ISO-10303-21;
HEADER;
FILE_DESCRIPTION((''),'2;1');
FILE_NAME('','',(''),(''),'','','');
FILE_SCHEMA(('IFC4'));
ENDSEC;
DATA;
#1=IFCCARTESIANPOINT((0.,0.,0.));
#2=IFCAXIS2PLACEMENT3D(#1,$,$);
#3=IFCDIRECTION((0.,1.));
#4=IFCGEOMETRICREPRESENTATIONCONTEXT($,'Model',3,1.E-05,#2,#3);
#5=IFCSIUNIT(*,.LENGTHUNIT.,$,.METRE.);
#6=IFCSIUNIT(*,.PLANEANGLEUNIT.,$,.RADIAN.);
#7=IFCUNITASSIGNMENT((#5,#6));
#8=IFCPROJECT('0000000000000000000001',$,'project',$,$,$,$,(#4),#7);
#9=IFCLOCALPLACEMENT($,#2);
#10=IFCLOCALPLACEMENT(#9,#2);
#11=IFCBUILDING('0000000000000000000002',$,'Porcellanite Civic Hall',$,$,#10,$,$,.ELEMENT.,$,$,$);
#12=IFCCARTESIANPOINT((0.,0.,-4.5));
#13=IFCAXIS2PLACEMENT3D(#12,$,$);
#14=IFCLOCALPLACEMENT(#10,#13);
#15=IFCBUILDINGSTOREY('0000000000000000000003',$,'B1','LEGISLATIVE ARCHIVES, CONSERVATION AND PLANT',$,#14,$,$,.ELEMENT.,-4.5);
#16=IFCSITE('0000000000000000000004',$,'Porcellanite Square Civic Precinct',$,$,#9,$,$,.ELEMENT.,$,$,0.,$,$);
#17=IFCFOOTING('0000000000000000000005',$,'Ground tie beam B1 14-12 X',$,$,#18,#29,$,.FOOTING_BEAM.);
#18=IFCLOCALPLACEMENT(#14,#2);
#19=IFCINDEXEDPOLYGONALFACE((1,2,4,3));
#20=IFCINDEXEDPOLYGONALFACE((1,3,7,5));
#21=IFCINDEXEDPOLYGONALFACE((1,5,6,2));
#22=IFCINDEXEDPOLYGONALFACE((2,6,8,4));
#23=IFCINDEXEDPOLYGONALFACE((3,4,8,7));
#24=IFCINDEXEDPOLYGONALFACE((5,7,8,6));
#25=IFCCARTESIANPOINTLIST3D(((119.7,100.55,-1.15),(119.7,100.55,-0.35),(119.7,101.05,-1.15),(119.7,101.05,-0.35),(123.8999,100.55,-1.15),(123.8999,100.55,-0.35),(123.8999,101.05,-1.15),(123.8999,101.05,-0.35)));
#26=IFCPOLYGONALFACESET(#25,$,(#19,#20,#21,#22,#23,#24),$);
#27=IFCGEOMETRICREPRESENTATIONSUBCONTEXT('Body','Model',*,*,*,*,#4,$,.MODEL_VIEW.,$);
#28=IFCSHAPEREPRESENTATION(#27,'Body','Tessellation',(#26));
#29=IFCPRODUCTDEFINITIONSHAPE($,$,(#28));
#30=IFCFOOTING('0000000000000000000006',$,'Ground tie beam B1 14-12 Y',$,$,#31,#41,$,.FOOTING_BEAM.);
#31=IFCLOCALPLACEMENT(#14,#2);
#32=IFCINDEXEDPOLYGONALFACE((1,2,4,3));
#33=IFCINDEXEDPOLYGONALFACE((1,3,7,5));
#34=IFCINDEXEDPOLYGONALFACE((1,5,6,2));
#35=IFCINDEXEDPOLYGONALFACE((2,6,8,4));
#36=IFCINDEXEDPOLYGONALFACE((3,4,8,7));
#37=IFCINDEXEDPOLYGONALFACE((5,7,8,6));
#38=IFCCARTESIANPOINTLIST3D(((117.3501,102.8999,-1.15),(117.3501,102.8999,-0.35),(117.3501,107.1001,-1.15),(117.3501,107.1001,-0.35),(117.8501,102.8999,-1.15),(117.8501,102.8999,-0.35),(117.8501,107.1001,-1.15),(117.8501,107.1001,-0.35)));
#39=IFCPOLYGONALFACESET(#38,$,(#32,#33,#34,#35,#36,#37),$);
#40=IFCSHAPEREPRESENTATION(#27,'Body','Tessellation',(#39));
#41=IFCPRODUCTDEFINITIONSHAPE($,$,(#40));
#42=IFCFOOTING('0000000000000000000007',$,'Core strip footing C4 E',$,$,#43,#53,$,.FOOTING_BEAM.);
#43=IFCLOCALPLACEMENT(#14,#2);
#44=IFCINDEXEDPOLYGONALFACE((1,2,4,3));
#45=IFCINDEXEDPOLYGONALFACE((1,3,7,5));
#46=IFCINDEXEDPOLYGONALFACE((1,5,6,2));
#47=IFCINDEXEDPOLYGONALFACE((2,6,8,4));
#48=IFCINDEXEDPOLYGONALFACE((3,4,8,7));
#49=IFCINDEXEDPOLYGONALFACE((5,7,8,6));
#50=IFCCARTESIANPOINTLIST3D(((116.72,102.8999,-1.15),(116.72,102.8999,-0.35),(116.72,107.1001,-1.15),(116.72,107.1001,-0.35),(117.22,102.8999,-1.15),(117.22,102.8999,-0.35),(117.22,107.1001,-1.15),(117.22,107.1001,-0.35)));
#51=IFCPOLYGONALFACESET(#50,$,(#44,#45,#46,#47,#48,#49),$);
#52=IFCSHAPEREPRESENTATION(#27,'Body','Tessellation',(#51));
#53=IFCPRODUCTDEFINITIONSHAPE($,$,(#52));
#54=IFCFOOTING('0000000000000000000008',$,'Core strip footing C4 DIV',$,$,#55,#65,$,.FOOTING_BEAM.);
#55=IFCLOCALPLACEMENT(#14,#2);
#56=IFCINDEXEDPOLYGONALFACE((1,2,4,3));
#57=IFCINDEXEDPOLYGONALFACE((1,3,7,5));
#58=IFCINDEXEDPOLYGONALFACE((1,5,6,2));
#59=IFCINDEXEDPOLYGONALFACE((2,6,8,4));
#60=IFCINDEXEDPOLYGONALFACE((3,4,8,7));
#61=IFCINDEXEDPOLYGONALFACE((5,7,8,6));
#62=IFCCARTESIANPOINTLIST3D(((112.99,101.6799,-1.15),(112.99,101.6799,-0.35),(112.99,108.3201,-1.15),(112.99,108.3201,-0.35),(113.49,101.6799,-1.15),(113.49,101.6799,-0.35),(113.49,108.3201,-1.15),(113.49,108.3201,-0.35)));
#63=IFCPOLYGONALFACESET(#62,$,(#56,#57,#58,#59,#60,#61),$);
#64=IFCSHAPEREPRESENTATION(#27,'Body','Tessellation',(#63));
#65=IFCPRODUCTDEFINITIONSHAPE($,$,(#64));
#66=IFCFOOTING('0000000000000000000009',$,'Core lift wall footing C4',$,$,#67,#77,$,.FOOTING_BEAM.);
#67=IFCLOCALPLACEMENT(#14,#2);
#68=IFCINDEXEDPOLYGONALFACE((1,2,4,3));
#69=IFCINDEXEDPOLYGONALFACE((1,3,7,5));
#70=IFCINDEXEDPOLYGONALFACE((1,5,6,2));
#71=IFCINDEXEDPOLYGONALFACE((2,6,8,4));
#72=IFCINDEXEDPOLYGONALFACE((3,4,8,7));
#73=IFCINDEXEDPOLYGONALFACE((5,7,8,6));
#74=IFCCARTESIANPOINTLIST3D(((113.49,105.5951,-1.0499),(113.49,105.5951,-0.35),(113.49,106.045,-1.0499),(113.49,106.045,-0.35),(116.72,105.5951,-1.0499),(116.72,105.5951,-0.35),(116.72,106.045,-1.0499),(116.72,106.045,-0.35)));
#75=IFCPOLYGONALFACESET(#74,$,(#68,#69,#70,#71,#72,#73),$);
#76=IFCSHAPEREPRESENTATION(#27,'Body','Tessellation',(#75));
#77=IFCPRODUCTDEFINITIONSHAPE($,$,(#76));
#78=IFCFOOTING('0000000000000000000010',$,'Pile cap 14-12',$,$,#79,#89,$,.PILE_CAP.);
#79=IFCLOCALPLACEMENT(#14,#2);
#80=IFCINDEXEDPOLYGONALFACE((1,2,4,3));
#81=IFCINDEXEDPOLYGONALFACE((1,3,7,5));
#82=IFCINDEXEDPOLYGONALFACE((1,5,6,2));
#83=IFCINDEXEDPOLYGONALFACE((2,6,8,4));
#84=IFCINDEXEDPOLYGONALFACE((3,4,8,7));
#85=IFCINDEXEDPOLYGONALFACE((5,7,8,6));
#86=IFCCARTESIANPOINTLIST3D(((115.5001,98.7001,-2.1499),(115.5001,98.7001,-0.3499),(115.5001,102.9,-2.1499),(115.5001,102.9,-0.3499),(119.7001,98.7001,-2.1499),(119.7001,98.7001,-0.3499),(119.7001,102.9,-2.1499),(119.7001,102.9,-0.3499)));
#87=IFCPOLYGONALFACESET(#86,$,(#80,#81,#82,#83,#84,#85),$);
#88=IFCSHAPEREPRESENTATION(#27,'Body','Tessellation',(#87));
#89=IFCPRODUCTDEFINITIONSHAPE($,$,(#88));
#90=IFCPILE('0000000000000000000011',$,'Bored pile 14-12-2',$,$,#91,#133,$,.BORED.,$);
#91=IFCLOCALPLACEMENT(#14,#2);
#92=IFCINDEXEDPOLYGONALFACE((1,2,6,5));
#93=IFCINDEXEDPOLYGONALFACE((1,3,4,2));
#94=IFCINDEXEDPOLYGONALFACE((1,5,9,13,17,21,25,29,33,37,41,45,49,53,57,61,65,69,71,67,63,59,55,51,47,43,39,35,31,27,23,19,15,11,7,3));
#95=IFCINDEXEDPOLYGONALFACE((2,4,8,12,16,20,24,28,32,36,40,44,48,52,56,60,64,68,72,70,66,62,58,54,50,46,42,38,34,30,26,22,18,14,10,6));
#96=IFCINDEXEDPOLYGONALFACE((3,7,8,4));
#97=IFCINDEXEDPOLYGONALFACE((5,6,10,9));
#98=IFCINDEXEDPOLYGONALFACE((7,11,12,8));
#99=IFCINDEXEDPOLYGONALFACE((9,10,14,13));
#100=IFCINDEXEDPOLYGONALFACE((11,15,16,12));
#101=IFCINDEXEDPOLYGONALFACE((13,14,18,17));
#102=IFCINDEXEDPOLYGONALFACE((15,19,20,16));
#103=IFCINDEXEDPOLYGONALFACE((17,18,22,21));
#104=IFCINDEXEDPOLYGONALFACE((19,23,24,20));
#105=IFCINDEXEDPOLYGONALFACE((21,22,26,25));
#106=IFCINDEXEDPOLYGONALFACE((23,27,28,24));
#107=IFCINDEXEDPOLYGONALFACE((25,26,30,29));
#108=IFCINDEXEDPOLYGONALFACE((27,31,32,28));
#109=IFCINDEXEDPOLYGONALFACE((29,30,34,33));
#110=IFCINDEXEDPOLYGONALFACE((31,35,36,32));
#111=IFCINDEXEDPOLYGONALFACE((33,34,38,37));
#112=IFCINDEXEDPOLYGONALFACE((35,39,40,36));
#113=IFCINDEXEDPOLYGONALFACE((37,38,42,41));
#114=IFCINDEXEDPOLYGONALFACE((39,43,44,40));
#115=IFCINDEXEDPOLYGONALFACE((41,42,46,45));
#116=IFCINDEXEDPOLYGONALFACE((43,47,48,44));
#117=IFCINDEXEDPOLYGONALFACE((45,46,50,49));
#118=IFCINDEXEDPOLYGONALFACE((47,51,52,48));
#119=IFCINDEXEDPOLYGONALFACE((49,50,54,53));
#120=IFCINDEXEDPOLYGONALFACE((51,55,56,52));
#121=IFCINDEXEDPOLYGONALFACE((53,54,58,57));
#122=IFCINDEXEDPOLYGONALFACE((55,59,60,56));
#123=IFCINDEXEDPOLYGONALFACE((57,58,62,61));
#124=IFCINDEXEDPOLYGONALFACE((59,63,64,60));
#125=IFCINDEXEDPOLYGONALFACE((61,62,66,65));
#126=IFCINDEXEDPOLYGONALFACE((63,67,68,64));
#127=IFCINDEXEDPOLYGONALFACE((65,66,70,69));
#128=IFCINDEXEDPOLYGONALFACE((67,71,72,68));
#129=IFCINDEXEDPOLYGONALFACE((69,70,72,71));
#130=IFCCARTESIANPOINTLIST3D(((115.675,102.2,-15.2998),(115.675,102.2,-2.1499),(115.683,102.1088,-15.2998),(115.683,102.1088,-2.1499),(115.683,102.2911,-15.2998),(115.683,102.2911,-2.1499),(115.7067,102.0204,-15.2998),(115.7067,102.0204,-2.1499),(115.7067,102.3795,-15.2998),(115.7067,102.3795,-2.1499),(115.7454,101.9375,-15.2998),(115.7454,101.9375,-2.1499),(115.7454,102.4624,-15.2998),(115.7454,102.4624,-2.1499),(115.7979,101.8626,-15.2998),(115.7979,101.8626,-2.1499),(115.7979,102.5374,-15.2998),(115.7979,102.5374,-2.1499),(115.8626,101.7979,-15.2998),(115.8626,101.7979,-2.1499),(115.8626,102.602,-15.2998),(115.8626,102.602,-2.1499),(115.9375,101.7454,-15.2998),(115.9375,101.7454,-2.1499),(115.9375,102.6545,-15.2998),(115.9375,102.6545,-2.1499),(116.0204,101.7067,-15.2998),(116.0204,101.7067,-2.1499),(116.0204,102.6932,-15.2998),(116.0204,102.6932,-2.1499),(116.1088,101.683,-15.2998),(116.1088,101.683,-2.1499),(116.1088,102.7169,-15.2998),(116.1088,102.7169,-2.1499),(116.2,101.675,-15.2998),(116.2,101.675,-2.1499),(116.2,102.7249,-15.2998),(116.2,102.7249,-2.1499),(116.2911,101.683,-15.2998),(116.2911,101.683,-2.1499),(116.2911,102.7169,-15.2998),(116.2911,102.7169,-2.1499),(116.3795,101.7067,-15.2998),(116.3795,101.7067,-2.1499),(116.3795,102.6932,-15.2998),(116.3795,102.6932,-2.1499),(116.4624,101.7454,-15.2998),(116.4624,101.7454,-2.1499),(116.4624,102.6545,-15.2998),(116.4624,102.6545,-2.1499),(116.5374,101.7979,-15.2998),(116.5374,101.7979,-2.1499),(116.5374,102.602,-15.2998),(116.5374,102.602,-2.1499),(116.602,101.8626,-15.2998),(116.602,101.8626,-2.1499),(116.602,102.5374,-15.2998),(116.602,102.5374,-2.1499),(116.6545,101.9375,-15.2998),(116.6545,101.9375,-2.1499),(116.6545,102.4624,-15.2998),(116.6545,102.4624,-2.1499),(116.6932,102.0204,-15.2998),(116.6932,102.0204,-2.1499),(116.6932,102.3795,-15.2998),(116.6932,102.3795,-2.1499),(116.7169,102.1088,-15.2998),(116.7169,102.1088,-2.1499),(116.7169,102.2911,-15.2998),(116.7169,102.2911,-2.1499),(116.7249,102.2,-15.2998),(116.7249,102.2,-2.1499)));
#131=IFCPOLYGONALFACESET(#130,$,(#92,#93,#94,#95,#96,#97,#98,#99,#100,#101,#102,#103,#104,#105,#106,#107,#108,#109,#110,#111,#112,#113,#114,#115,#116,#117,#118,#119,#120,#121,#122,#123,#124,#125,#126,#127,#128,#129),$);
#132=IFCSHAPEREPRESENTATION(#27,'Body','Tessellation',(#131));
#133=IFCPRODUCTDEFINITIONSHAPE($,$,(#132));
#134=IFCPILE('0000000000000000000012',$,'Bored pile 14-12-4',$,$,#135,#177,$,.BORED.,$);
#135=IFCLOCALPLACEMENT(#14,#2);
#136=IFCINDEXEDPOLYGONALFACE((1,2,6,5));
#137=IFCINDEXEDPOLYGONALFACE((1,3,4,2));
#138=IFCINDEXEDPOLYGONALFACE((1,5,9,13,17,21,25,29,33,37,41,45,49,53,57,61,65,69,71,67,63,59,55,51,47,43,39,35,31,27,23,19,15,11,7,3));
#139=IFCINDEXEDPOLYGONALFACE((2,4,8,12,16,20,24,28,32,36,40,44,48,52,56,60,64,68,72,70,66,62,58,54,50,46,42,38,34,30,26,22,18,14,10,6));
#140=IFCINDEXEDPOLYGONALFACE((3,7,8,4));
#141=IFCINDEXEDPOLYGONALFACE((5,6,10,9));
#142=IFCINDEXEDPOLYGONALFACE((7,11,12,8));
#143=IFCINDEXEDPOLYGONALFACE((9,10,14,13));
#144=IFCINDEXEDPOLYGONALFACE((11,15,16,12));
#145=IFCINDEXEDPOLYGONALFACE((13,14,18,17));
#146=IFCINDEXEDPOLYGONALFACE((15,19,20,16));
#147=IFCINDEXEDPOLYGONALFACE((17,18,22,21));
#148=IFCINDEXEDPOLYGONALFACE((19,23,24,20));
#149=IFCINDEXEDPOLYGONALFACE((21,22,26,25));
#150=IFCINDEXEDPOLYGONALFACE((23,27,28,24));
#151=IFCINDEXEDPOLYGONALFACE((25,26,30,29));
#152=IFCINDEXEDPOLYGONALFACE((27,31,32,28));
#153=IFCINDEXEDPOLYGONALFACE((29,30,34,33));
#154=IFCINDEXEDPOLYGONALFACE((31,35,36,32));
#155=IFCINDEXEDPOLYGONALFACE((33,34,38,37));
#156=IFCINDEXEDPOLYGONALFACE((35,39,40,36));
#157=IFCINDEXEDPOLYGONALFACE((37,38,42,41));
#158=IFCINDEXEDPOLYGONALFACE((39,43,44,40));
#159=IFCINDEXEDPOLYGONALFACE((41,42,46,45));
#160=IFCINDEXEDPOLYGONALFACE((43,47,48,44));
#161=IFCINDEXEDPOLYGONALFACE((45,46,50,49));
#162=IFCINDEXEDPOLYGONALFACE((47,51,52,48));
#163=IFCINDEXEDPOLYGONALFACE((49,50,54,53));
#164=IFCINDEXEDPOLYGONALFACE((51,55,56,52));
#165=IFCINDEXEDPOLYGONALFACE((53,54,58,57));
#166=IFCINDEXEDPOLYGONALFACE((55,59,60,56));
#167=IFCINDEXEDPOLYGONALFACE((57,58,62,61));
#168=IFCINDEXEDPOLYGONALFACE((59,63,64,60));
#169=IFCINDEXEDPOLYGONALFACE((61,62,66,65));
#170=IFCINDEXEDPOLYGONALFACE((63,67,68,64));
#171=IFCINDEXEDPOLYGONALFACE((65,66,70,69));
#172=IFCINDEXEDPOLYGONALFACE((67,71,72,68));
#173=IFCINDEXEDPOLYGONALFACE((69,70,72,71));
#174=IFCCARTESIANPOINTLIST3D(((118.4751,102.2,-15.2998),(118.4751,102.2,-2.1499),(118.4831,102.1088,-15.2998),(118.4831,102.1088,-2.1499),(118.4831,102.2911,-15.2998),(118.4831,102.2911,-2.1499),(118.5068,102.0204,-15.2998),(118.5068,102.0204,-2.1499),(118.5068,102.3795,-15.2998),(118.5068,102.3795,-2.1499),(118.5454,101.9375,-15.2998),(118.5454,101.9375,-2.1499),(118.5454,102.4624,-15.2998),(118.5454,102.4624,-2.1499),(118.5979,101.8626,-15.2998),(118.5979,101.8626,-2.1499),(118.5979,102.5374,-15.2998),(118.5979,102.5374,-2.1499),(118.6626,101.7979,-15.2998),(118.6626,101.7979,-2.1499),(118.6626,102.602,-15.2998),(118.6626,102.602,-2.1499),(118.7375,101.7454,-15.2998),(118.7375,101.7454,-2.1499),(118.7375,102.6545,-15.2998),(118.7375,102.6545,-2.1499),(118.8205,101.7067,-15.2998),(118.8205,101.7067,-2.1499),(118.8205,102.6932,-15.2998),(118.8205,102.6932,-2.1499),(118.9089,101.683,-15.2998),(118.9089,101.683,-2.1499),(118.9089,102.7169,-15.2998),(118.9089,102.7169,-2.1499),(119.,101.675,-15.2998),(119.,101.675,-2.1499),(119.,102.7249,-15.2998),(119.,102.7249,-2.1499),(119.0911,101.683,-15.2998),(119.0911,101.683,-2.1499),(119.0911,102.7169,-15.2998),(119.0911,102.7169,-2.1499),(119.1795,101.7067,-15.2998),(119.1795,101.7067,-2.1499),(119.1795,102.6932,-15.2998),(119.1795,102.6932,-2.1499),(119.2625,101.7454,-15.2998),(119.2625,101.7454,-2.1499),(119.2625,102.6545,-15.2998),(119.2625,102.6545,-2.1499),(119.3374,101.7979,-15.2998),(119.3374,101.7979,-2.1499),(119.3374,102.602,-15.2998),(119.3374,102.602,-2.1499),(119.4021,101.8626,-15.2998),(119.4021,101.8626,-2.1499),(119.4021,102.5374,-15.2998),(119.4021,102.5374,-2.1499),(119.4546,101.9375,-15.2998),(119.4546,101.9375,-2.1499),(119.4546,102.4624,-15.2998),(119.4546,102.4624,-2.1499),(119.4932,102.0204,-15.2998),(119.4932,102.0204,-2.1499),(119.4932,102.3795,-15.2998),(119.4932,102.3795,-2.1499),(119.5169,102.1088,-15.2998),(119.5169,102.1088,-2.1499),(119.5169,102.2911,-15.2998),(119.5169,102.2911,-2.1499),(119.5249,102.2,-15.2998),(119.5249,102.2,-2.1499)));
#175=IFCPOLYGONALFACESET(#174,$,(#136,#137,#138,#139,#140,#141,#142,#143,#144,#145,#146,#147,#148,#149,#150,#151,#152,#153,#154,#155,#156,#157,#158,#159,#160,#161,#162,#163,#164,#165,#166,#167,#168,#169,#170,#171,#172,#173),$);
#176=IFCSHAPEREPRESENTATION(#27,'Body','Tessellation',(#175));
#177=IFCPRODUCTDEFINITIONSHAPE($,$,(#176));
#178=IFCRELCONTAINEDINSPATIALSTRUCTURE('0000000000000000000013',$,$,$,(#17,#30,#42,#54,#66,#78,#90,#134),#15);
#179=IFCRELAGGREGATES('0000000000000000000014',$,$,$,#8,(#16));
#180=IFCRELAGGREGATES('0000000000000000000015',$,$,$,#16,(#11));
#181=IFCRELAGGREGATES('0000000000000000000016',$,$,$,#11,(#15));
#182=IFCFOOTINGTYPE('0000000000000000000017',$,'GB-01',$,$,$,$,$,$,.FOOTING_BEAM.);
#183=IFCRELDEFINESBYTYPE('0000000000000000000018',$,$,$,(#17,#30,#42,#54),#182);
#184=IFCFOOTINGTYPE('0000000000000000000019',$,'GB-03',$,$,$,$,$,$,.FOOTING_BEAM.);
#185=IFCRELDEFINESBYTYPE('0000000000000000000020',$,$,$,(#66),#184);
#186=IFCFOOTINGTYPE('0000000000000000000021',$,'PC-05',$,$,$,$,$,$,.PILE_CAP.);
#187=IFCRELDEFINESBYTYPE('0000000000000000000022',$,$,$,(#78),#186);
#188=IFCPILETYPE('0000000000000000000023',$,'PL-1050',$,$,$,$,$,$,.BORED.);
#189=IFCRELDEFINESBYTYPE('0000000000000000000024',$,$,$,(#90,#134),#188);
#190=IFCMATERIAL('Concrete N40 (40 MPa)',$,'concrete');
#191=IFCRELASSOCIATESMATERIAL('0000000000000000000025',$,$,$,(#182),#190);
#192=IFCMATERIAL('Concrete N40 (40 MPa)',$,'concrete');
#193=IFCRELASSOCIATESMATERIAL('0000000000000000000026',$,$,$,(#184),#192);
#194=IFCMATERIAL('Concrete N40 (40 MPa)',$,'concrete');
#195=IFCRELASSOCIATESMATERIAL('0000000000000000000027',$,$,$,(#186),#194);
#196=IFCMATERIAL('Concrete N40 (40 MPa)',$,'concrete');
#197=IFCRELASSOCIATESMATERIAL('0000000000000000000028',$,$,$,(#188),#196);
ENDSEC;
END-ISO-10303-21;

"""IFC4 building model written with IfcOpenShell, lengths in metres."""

from ifc_helpers import new_model, si_unit, direction, frame, origin, origin_2d, place, context, subcontext, project, spatial, rectangle, circle, extrude, material, material_profile, profile_set, type_object, element, save


model = new_model("IFC4")

# Units and contexts
model_context = context("Model", 3, precision=1e-05, world=origin(), true_north=direction((0.0, 1.0)))
body_context = subcontext(model_context, "Body", "Model", "MODEL_VIEW")
ifc_project = project(units=[si_unit("LENGTHUNIT", "METRE"), si_unit("PLANEANGLEUNIT", "RADIAN")], contexts=[model_context])

# Site, building, storey
site_placement = place(None, origin())
site = spatial("IfcSite", under=ifc_project, at=site_placement, Name="Porcellanite Square Civic Precinct", CompositionType="ELEMENT", RefElevation=0.0)
building_placement = place(site_placement, origin())
building = spatial("IfcBuilding", under=site, at=building_placement, Name="Porcellanite Civic Hall", CompositionType="ELEMENT")
storey_placement = place(building_placement, frame((0.0, 0.0, -4.5)))
storey = spatial("IfcBuildingStorey", under=building, at=storey_placement, Name="B1", Description="LEGISLATIVE ARCHIVES, CONSERVATION AND PLANT", CompositionType="ELEMENT", Elevation=-4.5)

# Footings
ifc_material_1 = material(Name="Concrete N40 (40 MPa)", Category="concrete")
ifc_material_profile_1 = material_profile(ifc_material_1, rectangle(XDim=0.5, YDim=0.8, at=origin_2d()), Name="RC-500x800")
ifc_profile_set_1 = profile_set([ifc_material_profile_1], Name="Concrete N40 (40 MPa)")
footing_type_1 = type_object("IfcFootingType", Name="GB-01", PredefinedType="FOOTING_BEAM", material=ifc_profile_set_1)
footing_1_placement = place(storey_placement, frame((119.7, 100.8, -0.75), z_axis=(1.0, 0.0, 0.0), x_axis=(0.0, 1.0, 0.0)))
element("IfcFooting", 1, at=footing_1_placement, inside=storey, type_object=footing_type_1, Name="Ground tie beam B1 14-12 X", PredefinedType="FOOTING_BEAM", context=body_context, shape_type="SweptSolid", body=[
    extrude(rectangle(XDim=0.5, YDim=0.8, at=origin_2d()), origin(), (0.0, 0.0, 1.0), 4.2),
])
for number, where, z_axis, x_axis, name in (
    (2, (117.6001, 102.8999, -0.75), (0.0, 1.0, 0.0), (-1.0, 0.0, 0.0), "Ground tie beam B1 14-12 Y"),
    (3, (116.97, 102.8999, -0.75), (0.0, 1.0, 0.0), (-1.0, 0.0, 0.0), "Core strip footing C4 E"),
):
    element("IfcFooting", number, at=place(storey_placement, frame(where, z_axis=z_axis, x_axis=x_axis)), inside=storey, type_object=footing_type_1, Name=name, PredefinedType="FOOTING_BEAM", context=body_context, shape_type="SweptSolid", body=[
        extrude(rectangle(XDim=0.5, YDim=0.8, at=origin_2d()), origin(), (0.0, 0.0, 1.0), 4.2002),
    ])
footing_2_placement = place(storey_placement, frame((113.24, 101.6799, -0.75), z_axis=(0.0, 1.0, 0.0), x_axis=(-1.0, 0.0, 0.0)))
element("IfcFooting", 4, at=footing_2_placement, inside=storey, type_object=footing_type_1, Name="Core strip footing C4 DIV", PredefinedType="FOOTING_BEAM", context=body_context, shape_type="SweptSolid", body=[
    extrude(rectangle(XDim=0.5, YDim=0.8, at=origin_2d()), origin(), (0.0, 0.0, 1.0), 6.6401),
])
ifc_material_2 = material(Name="Concrete N40 (40 MPa)", Category="concrete")
ifc_material_profile_2 = material_profile(ifc_material_2, rectangle(XDim=0.45, YDim=0.7, at=origin_2d()), Name="RC-450x700")
ifc_profile_set_2 = profile_set([ifc_material_profile_2], Name="Concrete N40 (40 MPa)")
footing_type_2 = type_object("IfcFootingType", Name="GB-03", PredefinedType="FOOTING_BEAM", material=ifc_profile_set_2)
footing_3_placement = place(storey_placement, frame((113.49, 105.8201, -0.7), z_axis=(1.0, 0.0, 0.0), x_axis=(0.0, 1.0, 0.0)))
element("IfcFooting", 5, at=footing_3_placement, inside=storey, type_object=footing_type_2, Name="Core lift wall footing C4", PredefinedType="FOOTING_BEAM", context=body_context, shape_type="SweptSolid", body=[
    extrude(rectangle(XDim=0.45, YDim=0.7, at=origin_2d()), origin(), (0.0, 0.0, 1.0), 3.23),
])
ifc_material_3 = material(Name="Concrete N40 (40 MPa)", Category="concrete")
footing_type_3 = type_object("IfcFootingType", Name="PC-05", PredefinedType="PILE_CAP", material=ifc_material_3)
footing_4_placement = place(storey_placement, frame((117.6001, 100.8, -2.1499), z_axis=(0.0, 0.0, 1.0), x_axis=(1.0, 0.0, 0.0)))
element("IfcFooting", 6, at=footing_4_placement, inside=storey, type_object=footing_type_3, Name="Pile cap 14-12", PredefinedType="PILE_CAP", context=body_context, shape_type="SweptSolid", body=[
    extrude(rectangle(XDim=4.2, YDim=4.2, at=origin_2d()), origin(), (0.0, 0.0, 1.0), 1.8),
])

# Piles
ifc_material_4 = material(Name="Concrete N40 (40 MPa)", Category="concrete")
ifc_material_profile_3 = material_profile(ifc_material_4, circle(Radius=0.5249, at=origin_2d()), Name="PILE-D1050")
ifc_profile_set_3 = profile_set([ifc_material_profile_3], Name="Concrete N40 (40 MPa)")
pile_type = type_object("IfcPileType", Name="PL-1050", PredefinedType="BORED", material=ifc_profile_set_3)
for number, where, z_axis, x_axis, name in (
    (7, (116.2, 102.2, -2.1499), (0.0, 0.0, -1.0), (1.0, 0.0, 0.0), "Bored pile 14-12-2"),
    (8, (119.0, 102.2, -2.1499), (0.0, 0.0, -1.0), (1.0, 0.0, 0.0), "Bored pile 14-12-4"),
):
    element("IfcPile", number, at=place(storey_placement, frame(where, z_axis=z_axis, x_axis=x_axis)), inside=storey, type_object=pile_type, Name=name, PredefinedType="BORED", context=body_context, shape_type="SweptSolid", body=[
        extrude(circle(Radius=0.5249, at=origin_2d()), origin(), (0.0, 0.0, 1.0), 13.1499),
    ])

save(model, "model.ifc")
